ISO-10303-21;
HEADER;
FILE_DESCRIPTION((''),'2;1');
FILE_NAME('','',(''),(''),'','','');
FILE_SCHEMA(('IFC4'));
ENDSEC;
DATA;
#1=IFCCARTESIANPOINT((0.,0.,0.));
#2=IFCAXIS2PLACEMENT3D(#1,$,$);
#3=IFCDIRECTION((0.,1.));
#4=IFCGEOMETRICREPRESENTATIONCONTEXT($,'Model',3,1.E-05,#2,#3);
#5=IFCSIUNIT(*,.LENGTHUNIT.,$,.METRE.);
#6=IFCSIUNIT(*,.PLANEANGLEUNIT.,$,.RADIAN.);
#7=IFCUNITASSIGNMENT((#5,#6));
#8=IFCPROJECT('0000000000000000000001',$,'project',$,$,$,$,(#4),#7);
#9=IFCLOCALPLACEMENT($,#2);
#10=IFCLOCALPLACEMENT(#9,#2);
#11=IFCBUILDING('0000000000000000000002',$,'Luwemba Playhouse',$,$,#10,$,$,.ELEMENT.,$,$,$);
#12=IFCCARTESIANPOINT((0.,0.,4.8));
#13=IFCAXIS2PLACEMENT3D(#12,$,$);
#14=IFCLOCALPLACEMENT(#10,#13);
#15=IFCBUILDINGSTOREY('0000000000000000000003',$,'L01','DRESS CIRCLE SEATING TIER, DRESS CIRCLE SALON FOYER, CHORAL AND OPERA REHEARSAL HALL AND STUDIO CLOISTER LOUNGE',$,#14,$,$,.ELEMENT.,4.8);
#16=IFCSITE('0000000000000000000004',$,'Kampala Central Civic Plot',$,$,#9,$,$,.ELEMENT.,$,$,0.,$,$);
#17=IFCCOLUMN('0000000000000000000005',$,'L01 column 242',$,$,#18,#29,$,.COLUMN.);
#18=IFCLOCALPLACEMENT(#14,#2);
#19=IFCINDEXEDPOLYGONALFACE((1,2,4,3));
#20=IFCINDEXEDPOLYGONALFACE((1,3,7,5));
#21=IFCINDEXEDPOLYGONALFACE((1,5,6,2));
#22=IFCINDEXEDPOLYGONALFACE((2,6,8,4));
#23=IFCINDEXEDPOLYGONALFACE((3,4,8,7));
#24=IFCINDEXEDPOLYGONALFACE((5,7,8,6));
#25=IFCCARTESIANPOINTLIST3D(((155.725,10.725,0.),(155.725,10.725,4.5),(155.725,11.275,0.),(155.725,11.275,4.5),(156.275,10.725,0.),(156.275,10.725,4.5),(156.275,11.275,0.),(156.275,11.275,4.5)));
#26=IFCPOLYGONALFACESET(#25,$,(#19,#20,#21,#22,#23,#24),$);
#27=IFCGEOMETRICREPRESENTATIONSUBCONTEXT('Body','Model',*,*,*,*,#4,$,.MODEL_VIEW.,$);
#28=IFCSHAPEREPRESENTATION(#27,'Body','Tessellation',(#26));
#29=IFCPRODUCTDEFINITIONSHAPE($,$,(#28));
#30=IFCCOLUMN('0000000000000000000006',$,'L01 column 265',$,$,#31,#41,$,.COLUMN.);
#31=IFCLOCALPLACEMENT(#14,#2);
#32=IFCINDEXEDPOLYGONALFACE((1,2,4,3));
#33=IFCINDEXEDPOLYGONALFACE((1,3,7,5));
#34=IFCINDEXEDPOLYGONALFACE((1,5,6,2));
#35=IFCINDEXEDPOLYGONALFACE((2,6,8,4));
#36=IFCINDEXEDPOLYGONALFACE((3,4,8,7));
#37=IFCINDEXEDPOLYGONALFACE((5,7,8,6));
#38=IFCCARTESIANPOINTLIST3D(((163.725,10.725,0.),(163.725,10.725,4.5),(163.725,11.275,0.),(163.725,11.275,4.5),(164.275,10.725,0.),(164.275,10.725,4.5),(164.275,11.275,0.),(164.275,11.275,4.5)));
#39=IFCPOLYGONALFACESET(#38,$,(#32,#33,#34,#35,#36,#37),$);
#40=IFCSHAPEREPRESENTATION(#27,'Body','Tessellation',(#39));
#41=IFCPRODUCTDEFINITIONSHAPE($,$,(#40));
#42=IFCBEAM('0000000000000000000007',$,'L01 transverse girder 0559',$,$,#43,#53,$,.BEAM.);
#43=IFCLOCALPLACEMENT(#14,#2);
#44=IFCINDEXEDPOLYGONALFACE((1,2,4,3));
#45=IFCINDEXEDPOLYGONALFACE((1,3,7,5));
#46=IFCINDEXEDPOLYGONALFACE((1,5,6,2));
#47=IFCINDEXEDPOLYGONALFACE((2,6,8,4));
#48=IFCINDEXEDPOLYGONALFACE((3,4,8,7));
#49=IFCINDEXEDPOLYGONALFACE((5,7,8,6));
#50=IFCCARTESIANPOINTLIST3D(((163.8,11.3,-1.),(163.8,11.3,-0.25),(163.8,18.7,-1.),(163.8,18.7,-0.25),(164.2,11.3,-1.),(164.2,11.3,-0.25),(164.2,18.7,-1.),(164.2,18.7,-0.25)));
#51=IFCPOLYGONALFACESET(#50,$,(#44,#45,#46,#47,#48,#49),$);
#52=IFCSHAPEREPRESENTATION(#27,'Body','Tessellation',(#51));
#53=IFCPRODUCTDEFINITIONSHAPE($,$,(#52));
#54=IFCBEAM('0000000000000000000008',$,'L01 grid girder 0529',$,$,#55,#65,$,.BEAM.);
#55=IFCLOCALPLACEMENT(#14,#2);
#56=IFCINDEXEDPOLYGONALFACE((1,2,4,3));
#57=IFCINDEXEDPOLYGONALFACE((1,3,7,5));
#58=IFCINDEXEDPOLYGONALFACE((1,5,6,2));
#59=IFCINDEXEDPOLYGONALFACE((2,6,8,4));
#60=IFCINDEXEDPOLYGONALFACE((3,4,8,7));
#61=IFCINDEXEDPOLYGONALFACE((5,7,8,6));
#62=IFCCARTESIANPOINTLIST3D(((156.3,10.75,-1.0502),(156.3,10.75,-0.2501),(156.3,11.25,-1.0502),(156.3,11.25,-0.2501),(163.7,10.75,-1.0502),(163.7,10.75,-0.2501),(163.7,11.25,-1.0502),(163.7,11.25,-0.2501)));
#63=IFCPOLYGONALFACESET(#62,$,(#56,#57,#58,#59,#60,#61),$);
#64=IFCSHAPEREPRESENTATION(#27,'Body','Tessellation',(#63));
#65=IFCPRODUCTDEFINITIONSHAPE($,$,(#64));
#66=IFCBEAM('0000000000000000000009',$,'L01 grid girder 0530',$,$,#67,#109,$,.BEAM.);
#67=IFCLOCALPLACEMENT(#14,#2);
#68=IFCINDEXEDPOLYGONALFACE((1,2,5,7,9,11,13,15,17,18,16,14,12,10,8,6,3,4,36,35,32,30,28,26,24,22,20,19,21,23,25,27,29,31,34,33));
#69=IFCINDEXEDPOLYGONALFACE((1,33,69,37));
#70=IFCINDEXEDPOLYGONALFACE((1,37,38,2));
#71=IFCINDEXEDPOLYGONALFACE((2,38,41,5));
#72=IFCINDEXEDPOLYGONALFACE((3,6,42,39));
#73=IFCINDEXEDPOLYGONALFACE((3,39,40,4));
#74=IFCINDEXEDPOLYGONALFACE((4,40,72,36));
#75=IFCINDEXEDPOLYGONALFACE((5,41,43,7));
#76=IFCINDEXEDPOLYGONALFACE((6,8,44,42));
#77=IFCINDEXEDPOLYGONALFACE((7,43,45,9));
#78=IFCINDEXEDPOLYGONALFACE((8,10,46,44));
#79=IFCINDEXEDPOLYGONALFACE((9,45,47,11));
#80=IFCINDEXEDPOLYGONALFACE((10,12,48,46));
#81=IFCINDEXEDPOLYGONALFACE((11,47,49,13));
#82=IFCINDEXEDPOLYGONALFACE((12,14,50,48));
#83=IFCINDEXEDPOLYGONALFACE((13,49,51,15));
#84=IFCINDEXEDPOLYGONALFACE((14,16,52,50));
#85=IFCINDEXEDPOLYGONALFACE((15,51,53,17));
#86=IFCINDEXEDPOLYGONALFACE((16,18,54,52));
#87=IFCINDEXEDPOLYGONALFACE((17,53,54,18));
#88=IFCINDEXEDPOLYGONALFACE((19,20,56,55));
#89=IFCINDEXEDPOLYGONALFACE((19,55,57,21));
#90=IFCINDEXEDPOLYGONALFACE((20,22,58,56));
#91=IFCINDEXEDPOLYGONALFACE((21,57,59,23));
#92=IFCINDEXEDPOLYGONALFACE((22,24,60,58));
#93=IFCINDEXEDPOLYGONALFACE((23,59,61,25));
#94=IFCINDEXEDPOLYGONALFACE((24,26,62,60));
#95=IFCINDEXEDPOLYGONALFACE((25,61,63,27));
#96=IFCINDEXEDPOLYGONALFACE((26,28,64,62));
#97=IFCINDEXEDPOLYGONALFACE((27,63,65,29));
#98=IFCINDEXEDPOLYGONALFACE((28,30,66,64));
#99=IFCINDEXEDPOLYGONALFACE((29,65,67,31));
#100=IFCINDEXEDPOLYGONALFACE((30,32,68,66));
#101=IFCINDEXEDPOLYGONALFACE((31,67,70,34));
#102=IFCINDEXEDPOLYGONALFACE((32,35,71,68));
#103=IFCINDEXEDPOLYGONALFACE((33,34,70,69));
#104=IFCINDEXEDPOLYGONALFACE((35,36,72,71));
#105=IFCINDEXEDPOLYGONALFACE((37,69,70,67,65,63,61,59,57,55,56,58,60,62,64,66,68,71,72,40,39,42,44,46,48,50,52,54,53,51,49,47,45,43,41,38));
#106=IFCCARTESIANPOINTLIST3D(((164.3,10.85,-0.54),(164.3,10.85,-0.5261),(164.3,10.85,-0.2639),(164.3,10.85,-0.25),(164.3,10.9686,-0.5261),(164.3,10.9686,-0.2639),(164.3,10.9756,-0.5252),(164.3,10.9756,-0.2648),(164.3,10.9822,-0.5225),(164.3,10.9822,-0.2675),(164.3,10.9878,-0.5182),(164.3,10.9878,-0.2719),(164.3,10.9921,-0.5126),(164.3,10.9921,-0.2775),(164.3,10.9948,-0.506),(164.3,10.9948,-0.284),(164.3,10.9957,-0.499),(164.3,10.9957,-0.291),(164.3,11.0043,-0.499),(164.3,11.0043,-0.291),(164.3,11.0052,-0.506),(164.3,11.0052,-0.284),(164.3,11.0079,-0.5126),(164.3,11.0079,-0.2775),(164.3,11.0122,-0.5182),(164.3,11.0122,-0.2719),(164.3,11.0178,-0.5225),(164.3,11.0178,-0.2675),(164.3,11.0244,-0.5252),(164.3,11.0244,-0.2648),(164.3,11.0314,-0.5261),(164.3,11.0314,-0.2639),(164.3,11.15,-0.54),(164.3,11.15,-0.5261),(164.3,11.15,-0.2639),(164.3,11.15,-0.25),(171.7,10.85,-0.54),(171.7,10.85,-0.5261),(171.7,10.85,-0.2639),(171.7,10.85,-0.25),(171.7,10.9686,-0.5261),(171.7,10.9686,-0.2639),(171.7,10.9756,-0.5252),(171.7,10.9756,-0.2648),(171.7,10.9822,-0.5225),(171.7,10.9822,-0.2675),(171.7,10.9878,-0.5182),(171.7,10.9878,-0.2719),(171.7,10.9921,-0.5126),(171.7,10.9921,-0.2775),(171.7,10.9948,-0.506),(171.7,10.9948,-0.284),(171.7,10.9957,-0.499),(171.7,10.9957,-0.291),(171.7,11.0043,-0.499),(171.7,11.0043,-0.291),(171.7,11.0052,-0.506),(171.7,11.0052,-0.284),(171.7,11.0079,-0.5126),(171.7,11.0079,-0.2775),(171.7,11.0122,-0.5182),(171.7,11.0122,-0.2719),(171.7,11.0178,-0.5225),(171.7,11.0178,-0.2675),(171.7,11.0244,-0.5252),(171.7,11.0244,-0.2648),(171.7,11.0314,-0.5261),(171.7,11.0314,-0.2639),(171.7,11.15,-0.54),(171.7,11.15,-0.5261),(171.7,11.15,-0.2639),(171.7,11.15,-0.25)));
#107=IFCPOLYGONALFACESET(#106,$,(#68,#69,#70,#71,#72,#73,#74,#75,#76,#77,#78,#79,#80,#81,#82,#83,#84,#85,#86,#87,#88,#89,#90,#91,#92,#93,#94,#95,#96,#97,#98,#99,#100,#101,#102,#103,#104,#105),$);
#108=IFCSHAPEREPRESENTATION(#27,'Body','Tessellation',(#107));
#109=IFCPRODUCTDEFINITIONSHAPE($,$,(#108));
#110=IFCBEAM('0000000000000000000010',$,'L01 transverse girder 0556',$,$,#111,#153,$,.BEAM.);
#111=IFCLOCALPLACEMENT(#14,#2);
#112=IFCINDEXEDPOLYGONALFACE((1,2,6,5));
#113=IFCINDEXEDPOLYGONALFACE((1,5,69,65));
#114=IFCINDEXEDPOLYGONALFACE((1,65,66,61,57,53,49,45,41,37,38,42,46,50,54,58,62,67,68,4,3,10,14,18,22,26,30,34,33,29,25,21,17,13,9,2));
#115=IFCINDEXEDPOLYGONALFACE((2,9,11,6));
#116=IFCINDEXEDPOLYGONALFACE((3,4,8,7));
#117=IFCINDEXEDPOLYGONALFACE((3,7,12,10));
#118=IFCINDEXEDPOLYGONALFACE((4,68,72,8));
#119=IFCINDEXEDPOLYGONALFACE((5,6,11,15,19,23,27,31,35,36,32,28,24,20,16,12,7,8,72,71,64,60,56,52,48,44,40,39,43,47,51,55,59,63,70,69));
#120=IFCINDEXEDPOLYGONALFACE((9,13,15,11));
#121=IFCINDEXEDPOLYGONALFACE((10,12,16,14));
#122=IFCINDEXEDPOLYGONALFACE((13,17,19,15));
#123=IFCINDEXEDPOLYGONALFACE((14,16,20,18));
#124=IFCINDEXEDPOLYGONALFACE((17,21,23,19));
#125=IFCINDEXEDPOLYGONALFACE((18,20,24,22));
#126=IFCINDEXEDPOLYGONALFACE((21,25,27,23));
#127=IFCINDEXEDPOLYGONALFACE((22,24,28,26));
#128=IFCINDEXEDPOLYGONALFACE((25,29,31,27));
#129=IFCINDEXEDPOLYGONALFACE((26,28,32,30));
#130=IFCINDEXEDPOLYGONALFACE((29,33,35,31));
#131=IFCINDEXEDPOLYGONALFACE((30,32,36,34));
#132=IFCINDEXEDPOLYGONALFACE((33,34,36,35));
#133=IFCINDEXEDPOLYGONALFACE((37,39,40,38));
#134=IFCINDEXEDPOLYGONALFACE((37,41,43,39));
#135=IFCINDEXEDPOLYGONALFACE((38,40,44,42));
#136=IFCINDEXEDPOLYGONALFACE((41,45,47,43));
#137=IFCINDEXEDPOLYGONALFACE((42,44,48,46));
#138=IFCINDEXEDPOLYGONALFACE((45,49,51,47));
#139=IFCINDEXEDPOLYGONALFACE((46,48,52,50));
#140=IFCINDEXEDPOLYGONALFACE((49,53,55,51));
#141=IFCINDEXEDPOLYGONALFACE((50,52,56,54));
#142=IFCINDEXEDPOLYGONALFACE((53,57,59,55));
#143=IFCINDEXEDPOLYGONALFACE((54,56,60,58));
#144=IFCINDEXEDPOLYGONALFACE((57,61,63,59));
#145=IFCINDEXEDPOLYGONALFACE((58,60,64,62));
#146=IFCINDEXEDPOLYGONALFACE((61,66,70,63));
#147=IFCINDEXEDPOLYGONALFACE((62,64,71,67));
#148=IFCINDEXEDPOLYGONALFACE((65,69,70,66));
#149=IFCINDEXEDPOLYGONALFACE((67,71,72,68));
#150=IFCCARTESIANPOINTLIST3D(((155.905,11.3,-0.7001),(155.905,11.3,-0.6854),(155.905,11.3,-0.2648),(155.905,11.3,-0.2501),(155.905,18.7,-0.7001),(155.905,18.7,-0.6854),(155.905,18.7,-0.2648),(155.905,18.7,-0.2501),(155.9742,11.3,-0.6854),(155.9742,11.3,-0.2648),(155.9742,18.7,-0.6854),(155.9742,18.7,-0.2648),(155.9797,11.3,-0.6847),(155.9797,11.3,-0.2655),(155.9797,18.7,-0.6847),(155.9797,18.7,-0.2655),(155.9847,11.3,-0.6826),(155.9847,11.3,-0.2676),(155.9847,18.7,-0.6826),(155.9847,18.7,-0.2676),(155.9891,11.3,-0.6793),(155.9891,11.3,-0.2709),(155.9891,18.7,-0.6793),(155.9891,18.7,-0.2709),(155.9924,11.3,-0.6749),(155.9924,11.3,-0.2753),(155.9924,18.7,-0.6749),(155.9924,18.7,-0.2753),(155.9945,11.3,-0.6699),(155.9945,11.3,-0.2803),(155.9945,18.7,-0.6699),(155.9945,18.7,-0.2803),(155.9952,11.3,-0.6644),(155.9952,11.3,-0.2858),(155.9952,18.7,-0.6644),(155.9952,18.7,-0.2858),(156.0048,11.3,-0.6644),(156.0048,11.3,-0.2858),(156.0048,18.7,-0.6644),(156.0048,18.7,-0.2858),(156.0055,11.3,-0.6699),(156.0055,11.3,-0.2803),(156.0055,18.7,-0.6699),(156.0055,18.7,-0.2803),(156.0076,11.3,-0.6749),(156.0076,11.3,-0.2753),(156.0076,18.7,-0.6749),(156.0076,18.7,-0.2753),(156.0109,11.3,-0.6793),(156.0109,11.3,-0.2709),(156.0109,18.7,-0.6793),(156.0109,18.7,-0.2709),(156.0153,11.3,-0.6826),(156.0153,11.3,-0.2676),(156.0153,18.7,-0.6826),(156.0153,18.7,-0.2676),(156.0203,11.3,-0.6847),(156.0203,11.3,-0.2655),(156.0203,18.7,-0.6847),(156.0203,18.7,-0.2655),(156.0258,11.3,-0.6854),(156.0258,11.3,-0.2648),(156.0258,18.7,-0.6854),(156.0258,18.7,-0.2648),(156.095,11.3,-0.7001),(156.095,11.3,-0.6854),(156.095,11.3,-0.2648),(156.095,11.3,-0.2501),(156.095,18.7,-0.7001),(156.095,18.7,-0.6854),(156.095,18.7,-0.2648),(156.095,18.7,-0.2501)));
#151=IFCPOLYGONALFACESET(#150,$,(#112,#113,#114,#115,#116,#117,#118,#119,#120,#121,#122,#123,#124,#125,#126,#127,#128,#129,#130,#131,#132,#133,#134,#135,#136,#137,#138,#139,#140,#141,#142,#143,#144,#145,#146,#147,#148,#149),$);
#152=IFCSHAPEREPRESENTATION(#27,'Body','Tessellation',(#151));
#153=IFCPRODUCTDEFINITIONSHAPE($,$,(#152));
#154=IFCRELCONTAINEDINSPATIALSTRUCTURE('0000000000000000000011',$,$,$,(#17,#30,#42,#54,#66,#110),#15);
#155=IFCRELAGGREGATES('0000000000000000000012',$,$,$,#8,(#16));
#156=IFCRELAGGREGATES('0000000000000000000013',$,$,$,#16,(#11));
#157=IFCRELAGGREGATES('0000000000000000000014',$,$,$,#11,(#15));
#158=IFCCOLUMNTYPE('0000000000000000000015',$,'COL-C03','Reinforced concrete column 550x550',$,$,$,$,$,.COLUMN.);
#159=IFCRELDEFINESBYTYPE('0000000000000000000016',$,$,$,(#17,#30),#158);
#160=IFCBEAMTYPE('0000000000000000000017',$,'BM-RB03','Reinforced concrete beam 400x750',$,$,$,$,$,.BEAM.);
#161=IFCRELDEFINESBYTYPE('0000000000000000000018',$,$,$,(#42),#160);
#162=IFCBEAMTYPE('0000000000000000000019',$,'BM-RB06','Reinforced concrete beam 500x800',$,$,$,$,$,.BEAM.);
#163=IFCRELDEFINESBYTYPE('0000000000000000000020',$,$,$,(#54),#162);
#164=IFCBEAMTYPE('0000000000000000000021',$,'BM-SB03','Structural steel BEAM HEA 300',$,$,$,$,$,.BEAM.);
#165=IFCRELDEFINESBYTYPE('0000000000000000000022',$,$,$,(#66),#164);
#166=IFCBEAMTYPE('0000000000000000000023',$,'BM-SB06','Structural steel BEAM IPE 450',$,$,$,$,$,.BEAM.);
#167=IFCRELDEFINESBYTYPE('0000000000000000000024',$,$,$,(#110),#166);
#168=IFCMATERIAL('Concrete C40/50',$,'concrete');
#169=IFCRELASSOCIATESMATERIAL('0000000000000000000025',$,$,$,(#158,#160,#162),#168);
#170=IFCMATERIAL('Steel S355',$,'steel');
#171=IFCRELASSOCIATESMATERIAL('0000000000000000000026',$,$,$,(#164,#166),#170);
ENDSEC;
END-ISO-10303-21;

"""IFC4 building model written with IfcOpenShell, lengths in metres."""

from ifc_helpers import new_model, si_unit, direction, frame, origin, origin_2d, place, context, subcontext, project, spatial, rectangle, i_section, extrude, material, material_profile, profile_set, type_object, element, save


model = new_model("IFC4")

# Units and contexts
model_context = context("Model", 3, precision=1e-05, world=origin(), true_north=direction((0.0, 1.0)))
body_context = subcontext(model_context, "Body", "Model", "MODEL_VIEW")
ifc_project = project(units=[si_unit("LENGTHUNIT", "METRE"), si_unit("PLANEANGLEUNIT", "RADIAN")], contexts=[model_context])

# Site, building, storey
site_placement = place(None, origin())
site = spatial("IfcSite", under=ifc_project, at=site_placement, Name="Kampala Central Civic Plot", CompositionType="ELEMENT", RefElevation=0.0)
building_placement = place(site_placement, origin())
building = spatial("IfcBuilding", under=site, at=building_placement, Name="Luwemba Playhouse", CompositionType="ELEMENT")
storey_placement = place(building_placement, frame((0.0, 0.0, 4.8)))
storey = spatial("IfcBuildingStorey", under=building, at=storey_placement, Name="L01", Description="DRESS CIRCLE SEATING TIER, DRESS CIRCLE SALON FOYER, CHORAL AND OPERA REHEARSAL HALL AND STUDIO CLOISTER LOUNGE", CompositionType="ELEMENT", Elevation=4.8)

# Columns
ifc_material_1 = material(Name="Concrete C40/50", Category="concrete")
ifc_material_profile_1 = material_profile(ifc_material_1, rectangle(XDim=0.55, YDim=0.55, at=origin_2d()))
ifc_profile_set_1 = profile_set([ifc_material_profile_1], Name="Concrete C40/50")
column_type = type_object("IfcColumnType", Name="COL-C03", Description="Reinforced concrete column 550x550", PredefinedType="COLUMN", material=ifc_profile_set_1)
for number, where, z_axis, x_axis, name in (
    (1, (156.0, 11.0, 0.0), (0.0, 0.0, 1.0), (1.0, 0.0, 0.0), "L01 column 242"),
    (2, (164.0, 11.0, 0.0), (0.0, 0.0, 1.0), (1.0, 0.0, 0.0), "L01 column 265"),
):
    element("IfcColumn", number, at=place(storey_placement, frame(where, z_axis=z_axis, x_axis=x_axis)), inside=storey, type_object=column_type, Name=name, PredefinedType="COLUMN", context=body_context, shape_type="SweptSolid", body=[
        extrude(rectangle(XDim=0.55, YDim=0.55, at=origin_2d()), origin(), (0.0, 0.0, 1.0), 4.5),
    ])

# Beams
ifc_material_profile_2 = material_profile(ifc_material_1, rectangle(XDim=0.3999, YDim=0.75, at=origin_2d()))
ifc_profile_set_2 = profile_set([ifc_material_profile_2], Name="Concrete C40/50")
beam_type_1 = type_object("IfcBeamType", Name="BM-RB03", Description="Reinforced concrete beam 400x750", PredefinedType="BEAM", material=ifc_profile_set_2)
beam_1_placement = place(storey_placement, frame((164.0, 11.3, -0.625), z_axis=(0.0, 1.0, 0.0), x_axis=(-1.0, 0.0, 0.0)))
element("IfcBeam", 3, at=beam_1_placement, inside=storey, type_object=beam_type_1, Name="L01 transverse girder 0559", PredefinedType="BEAM", context=body_context, shape_type="SweptSolid", body=[
    extrude(rectangle(XDim=0.3999, YDim=0.75, at=origin_2d()), origin(), (0.0, 0.0, 1.0), 7.3999),
])
ifc_material_profile_3 = material_profile(ifc_material_1, rectangle(XDim=0.5, YDim=0.8, at=origin_2d()))
ifc_profile_set_3 = profile_set([ifc_material_profile_3], Name="Concrete C40/50")
beam_type_2 = type_object("IfcBeamType", Name="BM-RB06", Description="Reinforced concrete beam 500x800", PredefinedType="BEAM", material=ifc_profile_set_3)
beam_2_placement = place(storey_placement, frame((156.3, 11.0, -0.6501), z_axis=(1.0, 0.0, 0.0), x_axis=(0.0, 1.0, 0.0)))
element("IfcBeam", 4, at=beam_2_placement, inside=storey, type_object=beam_type_2, Name="L01 grid girder 0529", PredefinedType="BEAM", context=body_context, shape_type="SweptSolid", body=[
    extrude(rectangle(XDim=0.5, YDim=0.8, at=origin_2d()), origin(), (0.0, 0.0, 1.0), 7.3999),
])
ifc_material_2 = material(Name="Steel S355", Category="steel")
ifc_material_profile_4 = material_profile(ifc_material_2, i_section(OverallWidth=0.3, OverallDepth=0.29, WebThickness=0.0085, FlangeThickness=0.0139, FilletRadius=0.0271, at=origin_2d()))
ifc_profile_set_4 = profile_set([ifc_material_profile_4], Name="Steel S355")
beam_type_3 = type_object("IfcBeamType", Name="BM-SB03", Description="Structural steel BEAM HEA 300", PredefinedType="BEAM", material=ifc_profile_set_4)
beam_3_placement = place(storey_placement, frame((164.3, 11.0, -0.395), z_axis=(1.0, 0.0, 0.0), x_axis=(0.0, 1.0, 0.0)))
element("IfcBeam", 5, at=beam_3_placement, inside=storey, type_object=beam_type_3, Name="L01 grid girder 0530", PredefinedType="BEAM", context=body_context, shape_type="SweptSolid", body=[
    extrude(i_section(OverallWidth=0.3, OverallDepth=0.29, WebThickness=0.0085, FlangeThickness=0.0139, FilletRadius=0.0271, at=origin_2d()), origin(), (0.0, 0.0, 1.0), 7.3999),
])
ifc_material_profile_5 = material_profile(ifc_material_2, i_section(OverallWidth=0.1899, OverallDepth=0.45, WebThickness=0.0095, FlangeThickness=0.0146, FilletRadius=0.021, at=origin_2d()))
ifc_profile_set_5 = profile_set([ifc_material_profile_5], Name="Steel S355")
beam_type_4 = type_object("IfcBeamType", Name="BM-SB06", Description="Structural steel BEAM IPE 450", PredefinedType="BEAM", material=ifc_profile_set_5)
beam_4_placement = place(storey_placement, frame((156.0, 11.3, -0.4751), z_axis=(0.0, 1.0, 0.0), x_axis=(-1.0, 0.0, 0.0)))
element("IfcBeam", 6, at=beam_4_placement, inside=storey, type_object=beam_type_4, Name="L01 transverse girder 0556", PredefinedType="BEAM", context=body_context, shape_type="SweptSolid", body=[
    extrude(i_section(OverallWidth=0.1899, OverallDepth=0.45, WebThickness=0.0095, FlangeThickness=0.0146, FilletRadius=0.021, at=origin_2d()), origin(), (0.0, 0.0, 1.0), 7.3999),
])

save(model, "model.ifc")
